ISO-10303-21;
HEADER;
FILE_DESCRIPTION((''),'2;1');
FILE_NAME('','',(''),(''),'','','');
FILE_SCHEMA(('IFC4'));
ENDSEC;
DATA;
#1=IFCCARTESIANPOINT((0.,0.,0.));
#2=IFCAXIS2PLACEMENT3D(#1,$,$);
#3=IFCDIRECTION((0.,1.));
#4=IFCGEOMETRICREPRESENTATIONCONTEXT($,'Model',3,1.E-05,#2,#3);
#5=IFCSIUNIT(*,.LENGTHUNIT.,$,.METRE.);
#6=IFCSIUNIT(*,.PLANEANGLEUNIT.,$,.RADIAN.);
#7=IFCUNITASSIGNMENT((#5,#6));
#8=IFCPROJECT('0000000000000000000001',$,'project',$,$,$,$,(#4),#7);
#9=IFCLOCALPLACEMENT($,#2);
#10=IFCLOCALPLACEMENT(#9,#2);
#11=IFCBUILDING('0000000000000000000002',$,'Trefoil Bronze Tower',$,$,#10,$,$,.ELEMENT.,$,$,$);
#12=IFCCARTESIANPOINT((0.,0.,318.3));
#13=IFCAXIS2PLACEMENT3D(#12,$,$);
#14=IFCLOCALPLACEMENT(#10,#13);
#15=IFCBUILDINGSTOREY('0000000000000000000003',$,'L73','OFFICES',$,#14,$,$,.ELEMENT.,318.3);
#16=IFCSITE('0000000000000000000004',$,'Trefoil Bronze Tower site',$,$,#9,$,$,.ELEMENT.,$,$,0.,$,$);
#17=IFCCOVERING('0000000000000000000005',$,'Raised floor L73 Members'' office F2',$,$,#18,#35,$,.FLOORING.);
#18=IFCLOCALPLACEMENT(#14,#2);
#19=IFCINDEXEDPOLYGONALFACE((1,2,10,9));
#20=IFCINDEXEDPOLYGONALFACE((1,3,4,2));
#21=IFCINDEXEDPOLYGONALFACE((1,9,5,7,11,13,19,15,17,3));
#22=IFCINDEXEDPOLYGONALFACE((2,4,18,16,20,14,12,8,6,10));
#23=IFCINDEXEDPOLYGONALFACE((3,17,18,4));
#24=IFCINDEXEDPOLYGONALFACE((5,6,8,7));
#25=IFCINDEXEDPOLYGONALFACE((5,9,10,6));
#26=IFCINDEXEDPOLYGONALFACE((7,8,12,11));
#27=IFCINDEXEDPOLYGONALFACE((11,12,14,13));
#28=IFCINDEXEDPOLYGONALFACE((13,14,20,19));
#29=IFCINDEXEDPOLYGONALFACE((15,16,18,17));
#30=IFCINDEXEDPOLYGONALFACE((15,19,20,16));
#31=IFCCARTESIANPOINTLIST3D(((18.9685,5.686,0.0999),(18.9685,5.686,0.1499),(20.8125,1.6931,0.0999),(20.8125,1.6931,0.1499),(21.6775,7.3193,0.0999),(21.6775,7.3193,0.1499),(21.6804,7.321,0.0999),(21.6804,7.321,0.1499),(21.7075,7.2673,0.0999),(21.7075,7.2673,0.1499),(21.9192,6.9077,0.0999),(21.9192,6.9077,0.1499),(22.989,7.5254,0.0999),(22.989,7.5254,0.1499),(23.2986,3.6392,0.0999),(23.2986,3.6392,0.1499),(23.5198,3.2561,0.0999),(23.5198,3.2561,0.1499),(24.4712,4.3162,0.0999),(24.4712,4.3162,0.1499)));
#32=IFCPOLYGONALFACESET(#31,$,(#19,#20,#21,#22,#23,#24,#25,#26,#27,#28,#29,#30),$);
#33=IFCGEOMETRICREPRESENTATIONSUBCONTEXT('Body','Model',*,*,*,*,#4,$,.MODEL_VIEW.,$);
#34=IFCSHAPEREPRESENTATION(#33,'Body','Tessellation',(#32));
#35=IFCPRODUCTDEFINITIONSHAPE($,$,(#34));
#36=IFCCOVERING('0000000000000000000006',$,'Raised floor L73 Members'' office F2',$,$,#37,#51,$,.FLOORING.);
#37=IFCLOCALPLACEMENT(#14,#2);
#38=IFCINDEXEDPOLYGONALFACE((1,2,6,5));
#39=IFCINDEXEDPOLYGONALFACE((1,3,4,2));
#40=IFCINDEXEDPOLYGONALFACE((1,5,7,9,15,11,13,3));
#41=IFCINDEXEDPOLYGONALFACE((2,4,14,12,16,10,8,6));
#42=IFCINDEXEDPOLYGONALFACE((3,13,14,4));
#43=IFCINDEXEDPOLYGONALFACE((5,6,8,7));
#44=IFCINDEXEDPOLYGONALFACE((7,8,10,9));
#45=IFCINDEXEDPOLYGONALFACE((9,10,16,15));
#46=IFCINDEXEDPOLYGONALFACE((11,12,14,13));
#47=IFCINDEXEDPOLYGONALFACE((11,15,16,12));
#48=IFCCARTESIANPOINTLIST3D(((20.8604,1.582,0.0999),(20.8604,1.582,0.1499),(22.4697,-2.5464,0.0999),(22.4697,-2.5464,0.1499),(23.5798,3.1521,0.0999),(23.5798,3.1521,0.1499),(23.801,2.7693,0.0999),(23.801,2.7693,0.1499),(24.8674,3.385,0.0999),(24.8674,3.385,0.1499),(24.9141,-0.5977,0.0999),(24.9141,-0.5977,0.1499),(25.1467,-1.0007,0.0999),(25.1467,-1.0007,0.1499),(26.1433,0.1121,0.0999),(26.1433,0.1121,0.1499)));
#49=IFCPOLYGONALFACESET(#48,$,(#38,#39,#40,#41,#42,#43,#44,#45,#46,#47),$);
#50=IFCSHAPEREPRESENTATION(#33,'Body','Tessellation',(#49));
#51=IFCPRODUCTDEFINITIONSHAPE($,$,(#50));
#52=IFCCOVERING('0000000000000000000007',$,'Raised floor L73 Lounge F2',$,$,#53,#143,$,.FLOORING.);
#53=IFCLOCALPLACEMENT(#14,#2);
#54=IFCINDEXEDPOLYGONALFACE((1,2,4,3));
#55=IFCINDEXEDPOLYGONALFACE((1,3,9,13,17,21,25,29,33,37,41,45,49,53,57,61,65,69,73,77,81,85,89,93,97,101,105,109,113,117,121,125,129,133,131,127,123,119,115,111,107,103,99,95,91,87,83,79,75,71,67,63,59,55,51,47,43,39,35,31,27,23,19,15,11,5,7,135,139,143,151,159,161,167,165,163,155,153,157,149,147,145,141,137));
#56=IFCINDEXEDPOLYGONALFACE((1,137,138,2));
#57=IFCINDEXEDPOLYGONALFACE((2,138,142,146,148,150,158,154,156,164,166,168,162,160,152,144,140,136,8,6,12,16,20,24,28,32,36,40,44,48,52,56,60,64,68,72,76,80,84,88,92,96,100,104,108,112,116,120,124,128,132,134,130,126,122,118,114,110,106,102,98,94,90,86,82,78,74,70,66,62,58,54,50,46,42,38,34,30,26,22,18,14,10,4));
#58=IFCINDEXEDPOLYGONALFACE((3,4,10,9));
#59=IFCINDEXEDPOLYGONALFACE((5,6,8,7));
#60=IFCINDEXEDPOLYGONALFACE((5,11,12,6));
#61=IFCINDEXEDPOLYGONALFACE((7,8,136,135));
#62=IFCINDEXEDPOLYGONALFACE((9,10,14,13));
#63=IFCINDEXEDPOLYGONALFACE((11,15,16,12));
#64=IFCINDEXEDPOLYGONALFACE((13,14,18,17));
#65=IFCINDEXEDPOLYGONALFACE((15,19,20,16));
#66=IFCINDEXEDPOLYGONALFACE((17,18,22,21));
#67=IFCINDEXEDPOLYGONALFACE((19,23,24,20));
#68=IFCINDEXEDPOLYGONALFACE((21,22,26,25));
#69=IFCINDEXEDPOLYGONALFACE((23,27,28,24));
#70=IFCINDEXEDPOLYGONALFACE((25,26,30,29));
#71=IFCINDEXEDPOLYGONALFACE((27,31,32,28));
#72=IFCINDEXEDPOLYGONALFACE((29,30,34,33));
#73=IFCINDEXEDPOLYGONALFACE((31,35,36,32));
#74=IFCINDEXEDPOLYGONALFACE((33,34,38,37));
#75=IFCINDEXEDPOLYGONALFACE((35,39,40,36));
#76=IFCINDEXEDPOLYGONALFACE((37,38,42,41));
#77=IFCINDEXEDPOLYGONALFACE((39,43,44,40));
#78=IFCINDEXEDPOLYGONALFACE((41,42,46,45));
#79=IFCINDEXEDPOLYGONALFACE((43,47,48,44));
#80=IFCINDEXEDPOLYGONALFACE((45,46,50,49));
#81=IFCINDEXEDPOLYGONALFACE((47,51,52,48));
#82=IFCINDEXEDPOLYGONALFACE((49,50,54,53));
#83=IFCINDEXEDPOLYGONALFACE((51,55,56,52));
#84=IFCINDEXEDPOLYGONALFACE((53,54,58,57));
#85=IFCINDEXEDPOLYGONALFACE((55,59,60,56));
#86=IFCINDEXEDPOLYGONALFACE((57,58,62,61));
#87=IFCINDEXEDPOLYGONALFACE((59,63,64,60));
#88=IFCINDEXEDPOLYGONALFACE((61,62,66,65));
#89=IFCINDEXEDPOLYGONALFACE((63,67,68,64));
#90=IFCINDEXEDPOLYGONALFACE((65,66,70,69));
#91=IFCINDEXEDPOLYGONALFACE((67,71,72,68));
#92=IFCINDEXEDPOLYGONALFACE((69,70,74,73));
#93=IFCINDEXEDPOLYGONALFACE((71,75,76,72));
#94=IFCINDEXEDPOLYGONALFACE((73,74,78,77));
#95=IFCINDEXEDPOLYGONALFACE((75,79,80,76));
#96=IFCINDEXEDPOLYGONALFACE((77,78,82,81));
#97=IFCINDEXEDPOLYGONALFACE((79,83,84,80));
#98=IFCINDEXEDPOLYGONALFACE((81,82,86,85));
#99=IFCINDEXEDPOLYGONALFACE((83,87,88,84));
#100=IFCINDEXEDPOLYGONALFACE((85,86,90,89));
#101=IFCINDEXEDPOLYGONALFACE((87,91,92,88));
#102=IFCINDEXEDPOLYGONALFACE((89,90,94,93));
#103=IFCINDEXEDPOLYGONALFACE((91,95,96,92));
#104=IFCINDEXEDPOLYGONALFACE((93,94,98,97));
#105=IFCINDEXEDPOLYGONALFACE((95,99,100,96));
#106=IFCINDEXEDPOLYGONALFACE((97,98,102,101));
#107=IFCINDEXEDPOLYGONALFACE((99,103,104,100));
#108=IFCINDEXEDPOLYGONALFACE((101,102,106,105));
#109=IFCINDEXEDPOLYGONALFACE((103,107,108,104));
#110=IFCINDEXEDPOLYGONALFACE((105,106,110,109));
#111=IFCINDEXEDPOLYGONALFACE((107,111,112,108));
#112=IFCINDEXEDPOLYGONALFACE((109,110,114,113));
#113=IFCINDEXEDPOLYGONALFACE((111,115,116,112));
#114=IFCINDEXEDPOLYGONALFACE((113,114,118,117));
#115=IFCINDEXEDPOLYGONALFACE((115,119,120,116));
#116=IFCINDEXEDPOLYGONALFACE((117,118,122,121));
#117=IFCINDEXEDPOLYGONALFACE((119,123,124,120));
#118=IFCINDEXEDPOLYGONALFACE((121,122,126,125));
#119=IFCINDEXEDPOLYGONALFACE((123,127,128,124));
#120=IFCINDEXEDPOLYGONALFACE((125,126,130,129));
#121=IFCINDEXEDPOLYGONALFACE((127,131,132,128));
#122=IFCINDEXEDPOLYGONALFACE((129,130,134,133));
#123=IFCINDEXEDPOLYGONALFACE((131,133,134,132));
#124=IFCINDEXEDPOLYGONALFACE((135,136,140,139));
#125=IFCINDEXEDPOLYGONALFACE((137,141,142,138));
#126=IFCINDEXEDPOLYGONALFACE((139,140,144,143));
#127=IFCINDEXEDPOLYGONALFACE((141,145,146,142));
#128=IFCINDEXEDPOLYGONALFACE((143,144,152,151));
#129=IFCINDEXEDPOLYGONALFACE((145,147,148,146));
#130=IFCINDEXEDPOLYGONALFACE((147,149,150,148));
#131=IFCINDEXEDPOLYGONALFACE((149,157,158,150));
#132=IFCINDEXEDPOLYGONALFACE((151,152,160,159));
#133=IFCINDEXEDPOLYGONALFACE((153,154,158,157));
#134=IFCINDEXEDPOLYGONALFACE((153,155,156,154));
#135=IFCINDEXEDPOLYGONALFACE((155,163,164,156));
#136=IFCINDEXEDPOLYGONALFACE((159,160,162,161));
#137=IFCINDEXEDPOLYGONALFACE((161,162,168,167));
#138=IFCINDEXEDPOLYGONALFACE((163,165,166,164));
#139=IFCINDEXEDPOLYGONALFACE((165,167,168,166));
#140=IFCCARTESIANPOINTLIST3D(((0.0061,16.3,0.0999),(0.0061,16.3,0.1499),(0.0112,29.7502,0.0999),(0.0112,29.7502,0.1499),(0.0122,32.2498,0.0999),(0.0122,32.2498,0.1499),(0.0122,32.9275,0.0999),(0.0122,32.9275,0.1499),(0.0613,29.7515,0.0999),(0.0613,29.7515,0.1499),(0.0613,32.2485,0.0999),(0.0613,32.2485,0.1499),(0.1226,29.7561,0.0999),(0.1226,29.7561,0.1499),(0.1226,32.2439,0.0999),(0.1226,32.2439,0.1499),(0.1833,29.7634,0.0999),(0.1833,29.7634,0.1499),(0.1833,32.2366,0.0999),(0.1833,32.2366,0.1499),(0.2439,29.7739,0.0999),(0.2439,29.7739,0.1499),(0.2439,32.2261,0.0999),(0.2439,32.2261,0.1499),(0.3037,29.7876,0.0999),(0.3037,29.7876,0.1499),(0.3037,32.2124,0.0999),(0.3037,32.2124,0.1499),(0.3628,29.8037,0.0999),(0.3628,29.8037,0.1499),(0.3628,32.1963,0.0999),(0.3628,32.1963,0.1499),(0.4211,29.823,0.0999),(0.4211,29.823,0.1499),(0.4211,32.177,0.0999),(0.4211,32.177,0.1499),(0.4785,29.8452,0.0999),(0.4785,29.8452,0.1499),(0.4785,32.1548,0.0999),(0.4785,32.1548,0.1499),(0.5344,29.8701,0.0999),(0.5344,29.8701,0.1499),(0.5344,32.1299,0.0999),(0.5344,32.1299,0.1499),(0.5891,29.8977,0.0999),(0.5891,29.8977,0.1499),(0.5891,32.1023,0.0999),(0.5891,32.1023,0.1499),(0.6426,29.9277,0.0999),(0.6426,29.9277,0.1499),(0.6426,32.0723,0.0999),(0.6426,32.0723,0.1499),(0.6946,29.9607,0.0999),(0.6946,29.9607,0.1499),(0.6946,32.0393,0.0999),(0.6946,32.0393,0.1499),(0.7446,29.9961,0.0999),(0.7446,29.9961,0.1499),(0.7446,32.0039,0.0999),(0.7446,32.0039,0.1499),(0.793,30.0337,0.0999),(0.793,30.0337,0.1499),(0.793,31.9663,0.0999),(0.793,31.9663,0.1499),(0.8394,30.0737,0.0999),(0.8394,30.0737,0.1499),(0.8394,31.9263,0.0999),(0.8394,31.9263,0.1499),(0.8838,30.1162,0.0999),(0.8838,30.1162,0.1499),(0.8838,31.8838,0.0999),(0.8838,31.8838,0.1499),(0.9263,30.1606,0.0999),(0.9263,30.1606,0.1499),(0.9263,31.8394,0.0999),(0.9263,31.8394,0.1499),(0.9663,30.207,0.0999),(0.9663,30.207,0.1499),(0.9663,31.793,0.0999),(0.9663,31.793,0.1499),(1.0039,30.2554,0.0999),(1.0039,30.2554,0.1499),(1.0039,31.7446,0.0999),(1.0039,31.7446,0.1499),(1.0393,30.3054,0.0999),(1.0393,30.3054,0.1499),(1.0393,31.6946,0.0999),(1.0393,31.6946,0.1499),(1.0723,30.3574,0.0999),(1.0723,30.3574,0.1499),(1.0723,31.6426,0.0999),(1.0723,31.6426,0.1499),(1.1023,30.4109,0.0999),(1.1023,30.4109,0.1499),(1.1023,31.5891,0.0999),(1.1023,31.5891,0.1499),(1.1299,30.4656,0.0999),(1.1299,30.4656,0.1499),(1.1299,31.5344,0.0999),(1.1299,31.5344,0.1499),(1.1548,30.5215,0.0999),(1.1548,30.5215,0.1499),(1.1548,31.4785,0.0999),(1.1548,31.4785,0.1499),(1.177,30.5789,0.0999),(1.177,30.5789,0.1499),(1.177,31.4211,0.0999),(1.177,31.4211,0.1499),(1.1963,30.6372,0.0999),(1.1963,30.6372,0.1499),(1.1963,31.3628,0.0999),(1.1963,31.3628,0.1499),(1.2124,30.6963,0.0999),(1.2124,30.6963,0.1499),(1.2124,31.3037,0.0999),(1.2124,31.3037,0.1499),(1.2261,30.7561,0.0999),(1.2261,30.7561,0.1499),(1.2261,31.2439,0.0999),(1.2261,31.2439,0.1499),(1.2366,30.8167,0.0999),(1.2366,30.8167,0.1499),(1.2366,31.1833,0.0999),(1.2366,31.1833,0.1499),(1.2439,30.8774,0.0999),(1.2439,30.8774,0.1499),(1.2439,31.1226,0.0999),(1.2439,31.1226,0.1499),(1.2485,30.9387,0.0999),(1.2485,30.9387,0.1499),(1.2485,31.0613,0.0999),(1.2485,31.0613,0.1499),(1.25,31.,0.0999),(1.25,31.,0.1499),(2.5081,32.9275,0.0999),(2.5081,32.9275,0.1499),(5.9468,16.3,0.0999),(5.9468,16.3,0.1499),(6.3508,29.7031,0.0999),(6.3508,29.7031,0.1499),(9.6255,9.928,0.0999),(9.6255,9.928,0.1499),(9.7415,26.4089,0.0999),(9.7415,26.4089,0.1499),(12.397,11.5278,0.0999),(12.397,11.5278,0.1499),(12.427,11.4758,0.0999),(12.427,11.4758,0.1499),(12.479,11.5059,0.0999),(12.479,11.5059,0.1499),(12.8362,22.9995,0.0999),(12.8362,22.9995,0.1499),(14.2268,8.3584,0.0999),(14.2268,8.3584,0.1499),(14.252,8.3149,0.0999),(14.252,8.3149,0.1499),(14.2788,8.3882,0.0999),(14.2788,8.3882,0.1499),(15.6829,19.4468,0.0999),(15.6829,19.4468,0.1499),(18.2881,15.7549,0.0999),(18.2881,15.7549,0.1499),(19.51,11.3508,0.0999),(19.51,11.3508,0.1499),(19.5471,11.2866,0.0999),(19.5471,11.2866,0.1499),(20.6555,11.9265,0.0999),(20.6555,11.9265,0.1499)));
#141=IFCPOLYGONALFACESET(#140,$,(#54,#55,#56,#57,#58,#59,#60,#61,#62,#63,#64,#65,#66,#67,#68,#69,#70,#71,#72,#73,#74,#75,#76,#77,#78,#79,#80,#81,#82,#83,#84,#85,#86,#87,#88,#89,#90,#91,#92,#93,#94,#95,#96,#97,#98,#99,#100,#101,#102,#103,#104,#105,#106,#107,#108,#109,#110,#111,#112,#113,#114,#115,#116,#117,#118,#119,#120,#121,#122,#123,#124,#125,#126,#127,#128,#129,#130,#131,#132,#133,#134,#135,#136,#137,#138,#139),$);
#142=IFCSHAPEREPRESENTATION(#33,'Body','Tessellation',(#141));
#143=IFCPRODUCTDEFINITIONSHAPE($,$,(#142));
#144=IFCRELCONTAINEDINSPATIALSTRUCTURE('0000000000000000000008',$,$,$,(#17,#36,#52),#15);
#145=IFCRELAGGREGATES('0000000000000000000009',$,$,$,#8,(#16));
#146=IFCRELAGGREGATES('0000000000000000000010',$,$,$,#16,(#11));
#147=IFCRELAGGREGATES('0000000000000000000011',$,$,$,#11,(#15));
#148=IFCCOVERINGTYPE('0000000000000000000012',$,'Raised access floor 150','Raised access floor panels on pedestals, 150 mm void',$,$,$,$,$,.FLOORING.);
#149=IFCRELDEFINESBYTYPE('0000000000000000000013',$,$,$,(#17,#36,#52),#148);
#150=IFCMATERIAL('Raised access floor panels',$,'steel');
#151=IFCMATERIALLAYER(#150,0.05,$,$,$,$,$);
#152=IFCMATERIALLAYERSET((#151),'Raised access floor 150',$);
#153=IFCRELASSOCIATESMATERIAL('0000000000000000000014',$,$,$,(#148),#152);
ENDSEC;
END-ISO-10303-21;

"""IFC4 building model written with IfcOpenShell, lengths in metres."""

from ifc_helpers import new_model, si_unit, direction, frame, origin, place, context, subcontext, project, spatial, polyline, outline, extrude, material, layer, layer_set, type_object, element, save


model = new_model("IFC4")

# Units and contexts
model_context = context("Model", 3, precision=1e-05, world=origin(), true_north=direction((0.0, 1.0)))
body_context = subcontext(model_context, "Body", "Model", "MODEL_VIEW")
ifc_project = project(units=[si_unit("LENGTHUNIT", "METRE"), si_unit("PLANEANGLEUNIT", "RADIAN")], contexts=[model_context])

# Site, building, storey
site_placement = place(None, origin())
site = spatial("IfcSite", under=ifc_project, at=site_placement, Name="Trefoil Bronze Tower site", CompositionType="ELEMENT", RefElevation=0.0)
building_placement = place(site_placement, origin())
building = spatial("IfcBuilding", under=site, at=building_placement, Name="Trefoil Bronze Tower", CompositionType="ELEMENT")
storey_placement = place(building_placement, frame((0.0, 0.0, 318.3)))
storey = spatial("IfcBuildingStorey", under=building, at=storey_placement, Name="L73", Description="OFFICES", CompositionType="ELEMENT", Elevation=318.3)

# Coverings
ifc_material_1 = material(Name="Raised access floor panels", Category="steel")
ifc_layer_1 = layer(ifc_material_1, 0.05)
ifc_layer_set_1 = layer_set([ifc_layer_1], Name="Raised access floor 150")
covering_type_1 = type_object("IfcCoveringType", Name="Raised access floor 150", Description="Raised access floor panels on pedestals, 150 mm void", PredefinedType="FLOORING", material=ifc_layer_set_1)
covering_1_placement = place(storey_placement, frame((0.0, 0.0, 0.0999)))
element("IfcCovering", 1, at=covering_1_placement, inside=storey, type_object=covering_type_1, Name="Raised floor L73 Members' office F2", PredefinedType="FLOORING", context=body_context, shape_type="SweptSolid", body=[
    extrude(outline(polyline([(23.5198, 3.2561), (20.8125, 1.6931), (18.9685, 5.686), (21.7075, 7.2673), (21.6775, 7.3193), (21.6804, 7.321), (21.9192, 6.9077), (22.989, 7.5254), (24.4712, 4.3162), (23.2986, 3.6392), (23.5198, 3.2561)])), origin(), (0.0, 0.0, 1.0), 0.05),
])
covering_2_placement = place(storey_placement, frame((0.0, 0.0, 0.0999)))
element("IfcCovering", 2, at=covering_2_placement, inside=storey, type_object=covering_type_1, Name="Raised floor L73 Members' office F2", PredefinedType="FLOORING", context=body_context, shape_type="SweptSolid", body=[
    extrude(outline(polyline([(25.1467, -1.0007), (22.4697, -2.5464), (20.8604, 1.582), (23.5798, 3.1521), (23.801, 2.7693), (24.8674, 3.385), (26.1433, 0.1121), (24.9141, -0.5977), (25.1467, -1.0007)])), origin(), (0.0, 0.0, 1.0), 0.05),
])
covering_3_placement = place(storey_placement, frame((0.0, 0.0, 0.0999)))
element("IfcCovering", 3, at=covering_3_placement, inside=storey, type_object=covering_type_1, Name="Raised floor L73 Lounge F2", PredefinedType="FLOORING", context=body_context, shape_type="SweptSolid", body=[
    extrude(outline(polyline([(6.3508, 29.7031), (9.7415, 26.4089), (12.8362, 22.9995), (15.6829, 19.4468), (18.2881, 15.7549), (20.6555, 11.9265), (19.5471, 11.2866), (19.51, 11.3508), (14.252, 8.3149), (14.2268, 8.3584), (14.2788, 8.3882), (12.479, 11.5059), (12.427, 11.4758), (12.397, 11.5278), (9.6255, 9.928), (5.9468, 16.3), (0.0061, 16.3), (0.0112, 29.7502), (0.0613, 29.7515), (0.1226, 29.7561), (0.1833, 29.7634), (0.2439, 29.7739), (0.3037, 29.7876), (0.3628, 29.8037), (0.4211, 29.823), (0.4785, 29.8452), (0.5344, 29.8701), (0.5891, 29.8977), (0.6426, 29.9277), (0.6946, 29.9607), (0.7446, 29.9961), (0.793, 30.0337), (0.8394, 30.0737), (0.8838, 30.1162), (0.9263, 30.1606), (0.9663, 30.207), (1.0039, 30.2554), (1.0393, 30.3054), (1.0723, 30.3574), (1.1023, 30.4109), (1.1299, 30.4656), (1.1548, 30.5215), (1.177, 30.5789), (1.1963, 30.6372), (1.2124, 30.6963), (1.2261, 30.7561), (1.2366, 30.8167), (1.2439, 30.8774), (1.2485, 30.9387), (1.25, 31.0), (1.2485, 31.0613), (1.2439, 31.1226), (1.2366, 31.1833), (1.2261, 31.2439), (1.2124, 31.3037), (1.1963, 31.3628), (1.177, 31.4211), (1.1548, 31.4785), (1.1299, 31.5344), (1.1023, 31.5891), (1.0723, 31.6426), (1.0393, 31.6946), (1.0039, 31.7446), (0.9663, 31.793), (0.9263, 31.8394), (0.8838, 31.8838), (0.8394, 31.9263), (0.793, 31.9663), (0.7446, 32.0039), (0.6946, 32.0393), (0.6426, 32.0723), (0.5891, 32.1023), (0.5344, 32.1299), (0.4785, 32.1548), (0.4211, 32.177), (0.3628, 32.1963), (0.3037, 32.2124), (0.2439, 32.2261), (0.1833, 32.2366), (0.1226, 32.2439), (0.0613, 32.2485), (0.0122, 32.2498), (0.0122, 32.9275), (2.5081, 32.9275), (6.3508, 29.7031)])), origin(), (0.0, 0.0, 1.0), 0.05),
])

save(model, "model.ifc")
